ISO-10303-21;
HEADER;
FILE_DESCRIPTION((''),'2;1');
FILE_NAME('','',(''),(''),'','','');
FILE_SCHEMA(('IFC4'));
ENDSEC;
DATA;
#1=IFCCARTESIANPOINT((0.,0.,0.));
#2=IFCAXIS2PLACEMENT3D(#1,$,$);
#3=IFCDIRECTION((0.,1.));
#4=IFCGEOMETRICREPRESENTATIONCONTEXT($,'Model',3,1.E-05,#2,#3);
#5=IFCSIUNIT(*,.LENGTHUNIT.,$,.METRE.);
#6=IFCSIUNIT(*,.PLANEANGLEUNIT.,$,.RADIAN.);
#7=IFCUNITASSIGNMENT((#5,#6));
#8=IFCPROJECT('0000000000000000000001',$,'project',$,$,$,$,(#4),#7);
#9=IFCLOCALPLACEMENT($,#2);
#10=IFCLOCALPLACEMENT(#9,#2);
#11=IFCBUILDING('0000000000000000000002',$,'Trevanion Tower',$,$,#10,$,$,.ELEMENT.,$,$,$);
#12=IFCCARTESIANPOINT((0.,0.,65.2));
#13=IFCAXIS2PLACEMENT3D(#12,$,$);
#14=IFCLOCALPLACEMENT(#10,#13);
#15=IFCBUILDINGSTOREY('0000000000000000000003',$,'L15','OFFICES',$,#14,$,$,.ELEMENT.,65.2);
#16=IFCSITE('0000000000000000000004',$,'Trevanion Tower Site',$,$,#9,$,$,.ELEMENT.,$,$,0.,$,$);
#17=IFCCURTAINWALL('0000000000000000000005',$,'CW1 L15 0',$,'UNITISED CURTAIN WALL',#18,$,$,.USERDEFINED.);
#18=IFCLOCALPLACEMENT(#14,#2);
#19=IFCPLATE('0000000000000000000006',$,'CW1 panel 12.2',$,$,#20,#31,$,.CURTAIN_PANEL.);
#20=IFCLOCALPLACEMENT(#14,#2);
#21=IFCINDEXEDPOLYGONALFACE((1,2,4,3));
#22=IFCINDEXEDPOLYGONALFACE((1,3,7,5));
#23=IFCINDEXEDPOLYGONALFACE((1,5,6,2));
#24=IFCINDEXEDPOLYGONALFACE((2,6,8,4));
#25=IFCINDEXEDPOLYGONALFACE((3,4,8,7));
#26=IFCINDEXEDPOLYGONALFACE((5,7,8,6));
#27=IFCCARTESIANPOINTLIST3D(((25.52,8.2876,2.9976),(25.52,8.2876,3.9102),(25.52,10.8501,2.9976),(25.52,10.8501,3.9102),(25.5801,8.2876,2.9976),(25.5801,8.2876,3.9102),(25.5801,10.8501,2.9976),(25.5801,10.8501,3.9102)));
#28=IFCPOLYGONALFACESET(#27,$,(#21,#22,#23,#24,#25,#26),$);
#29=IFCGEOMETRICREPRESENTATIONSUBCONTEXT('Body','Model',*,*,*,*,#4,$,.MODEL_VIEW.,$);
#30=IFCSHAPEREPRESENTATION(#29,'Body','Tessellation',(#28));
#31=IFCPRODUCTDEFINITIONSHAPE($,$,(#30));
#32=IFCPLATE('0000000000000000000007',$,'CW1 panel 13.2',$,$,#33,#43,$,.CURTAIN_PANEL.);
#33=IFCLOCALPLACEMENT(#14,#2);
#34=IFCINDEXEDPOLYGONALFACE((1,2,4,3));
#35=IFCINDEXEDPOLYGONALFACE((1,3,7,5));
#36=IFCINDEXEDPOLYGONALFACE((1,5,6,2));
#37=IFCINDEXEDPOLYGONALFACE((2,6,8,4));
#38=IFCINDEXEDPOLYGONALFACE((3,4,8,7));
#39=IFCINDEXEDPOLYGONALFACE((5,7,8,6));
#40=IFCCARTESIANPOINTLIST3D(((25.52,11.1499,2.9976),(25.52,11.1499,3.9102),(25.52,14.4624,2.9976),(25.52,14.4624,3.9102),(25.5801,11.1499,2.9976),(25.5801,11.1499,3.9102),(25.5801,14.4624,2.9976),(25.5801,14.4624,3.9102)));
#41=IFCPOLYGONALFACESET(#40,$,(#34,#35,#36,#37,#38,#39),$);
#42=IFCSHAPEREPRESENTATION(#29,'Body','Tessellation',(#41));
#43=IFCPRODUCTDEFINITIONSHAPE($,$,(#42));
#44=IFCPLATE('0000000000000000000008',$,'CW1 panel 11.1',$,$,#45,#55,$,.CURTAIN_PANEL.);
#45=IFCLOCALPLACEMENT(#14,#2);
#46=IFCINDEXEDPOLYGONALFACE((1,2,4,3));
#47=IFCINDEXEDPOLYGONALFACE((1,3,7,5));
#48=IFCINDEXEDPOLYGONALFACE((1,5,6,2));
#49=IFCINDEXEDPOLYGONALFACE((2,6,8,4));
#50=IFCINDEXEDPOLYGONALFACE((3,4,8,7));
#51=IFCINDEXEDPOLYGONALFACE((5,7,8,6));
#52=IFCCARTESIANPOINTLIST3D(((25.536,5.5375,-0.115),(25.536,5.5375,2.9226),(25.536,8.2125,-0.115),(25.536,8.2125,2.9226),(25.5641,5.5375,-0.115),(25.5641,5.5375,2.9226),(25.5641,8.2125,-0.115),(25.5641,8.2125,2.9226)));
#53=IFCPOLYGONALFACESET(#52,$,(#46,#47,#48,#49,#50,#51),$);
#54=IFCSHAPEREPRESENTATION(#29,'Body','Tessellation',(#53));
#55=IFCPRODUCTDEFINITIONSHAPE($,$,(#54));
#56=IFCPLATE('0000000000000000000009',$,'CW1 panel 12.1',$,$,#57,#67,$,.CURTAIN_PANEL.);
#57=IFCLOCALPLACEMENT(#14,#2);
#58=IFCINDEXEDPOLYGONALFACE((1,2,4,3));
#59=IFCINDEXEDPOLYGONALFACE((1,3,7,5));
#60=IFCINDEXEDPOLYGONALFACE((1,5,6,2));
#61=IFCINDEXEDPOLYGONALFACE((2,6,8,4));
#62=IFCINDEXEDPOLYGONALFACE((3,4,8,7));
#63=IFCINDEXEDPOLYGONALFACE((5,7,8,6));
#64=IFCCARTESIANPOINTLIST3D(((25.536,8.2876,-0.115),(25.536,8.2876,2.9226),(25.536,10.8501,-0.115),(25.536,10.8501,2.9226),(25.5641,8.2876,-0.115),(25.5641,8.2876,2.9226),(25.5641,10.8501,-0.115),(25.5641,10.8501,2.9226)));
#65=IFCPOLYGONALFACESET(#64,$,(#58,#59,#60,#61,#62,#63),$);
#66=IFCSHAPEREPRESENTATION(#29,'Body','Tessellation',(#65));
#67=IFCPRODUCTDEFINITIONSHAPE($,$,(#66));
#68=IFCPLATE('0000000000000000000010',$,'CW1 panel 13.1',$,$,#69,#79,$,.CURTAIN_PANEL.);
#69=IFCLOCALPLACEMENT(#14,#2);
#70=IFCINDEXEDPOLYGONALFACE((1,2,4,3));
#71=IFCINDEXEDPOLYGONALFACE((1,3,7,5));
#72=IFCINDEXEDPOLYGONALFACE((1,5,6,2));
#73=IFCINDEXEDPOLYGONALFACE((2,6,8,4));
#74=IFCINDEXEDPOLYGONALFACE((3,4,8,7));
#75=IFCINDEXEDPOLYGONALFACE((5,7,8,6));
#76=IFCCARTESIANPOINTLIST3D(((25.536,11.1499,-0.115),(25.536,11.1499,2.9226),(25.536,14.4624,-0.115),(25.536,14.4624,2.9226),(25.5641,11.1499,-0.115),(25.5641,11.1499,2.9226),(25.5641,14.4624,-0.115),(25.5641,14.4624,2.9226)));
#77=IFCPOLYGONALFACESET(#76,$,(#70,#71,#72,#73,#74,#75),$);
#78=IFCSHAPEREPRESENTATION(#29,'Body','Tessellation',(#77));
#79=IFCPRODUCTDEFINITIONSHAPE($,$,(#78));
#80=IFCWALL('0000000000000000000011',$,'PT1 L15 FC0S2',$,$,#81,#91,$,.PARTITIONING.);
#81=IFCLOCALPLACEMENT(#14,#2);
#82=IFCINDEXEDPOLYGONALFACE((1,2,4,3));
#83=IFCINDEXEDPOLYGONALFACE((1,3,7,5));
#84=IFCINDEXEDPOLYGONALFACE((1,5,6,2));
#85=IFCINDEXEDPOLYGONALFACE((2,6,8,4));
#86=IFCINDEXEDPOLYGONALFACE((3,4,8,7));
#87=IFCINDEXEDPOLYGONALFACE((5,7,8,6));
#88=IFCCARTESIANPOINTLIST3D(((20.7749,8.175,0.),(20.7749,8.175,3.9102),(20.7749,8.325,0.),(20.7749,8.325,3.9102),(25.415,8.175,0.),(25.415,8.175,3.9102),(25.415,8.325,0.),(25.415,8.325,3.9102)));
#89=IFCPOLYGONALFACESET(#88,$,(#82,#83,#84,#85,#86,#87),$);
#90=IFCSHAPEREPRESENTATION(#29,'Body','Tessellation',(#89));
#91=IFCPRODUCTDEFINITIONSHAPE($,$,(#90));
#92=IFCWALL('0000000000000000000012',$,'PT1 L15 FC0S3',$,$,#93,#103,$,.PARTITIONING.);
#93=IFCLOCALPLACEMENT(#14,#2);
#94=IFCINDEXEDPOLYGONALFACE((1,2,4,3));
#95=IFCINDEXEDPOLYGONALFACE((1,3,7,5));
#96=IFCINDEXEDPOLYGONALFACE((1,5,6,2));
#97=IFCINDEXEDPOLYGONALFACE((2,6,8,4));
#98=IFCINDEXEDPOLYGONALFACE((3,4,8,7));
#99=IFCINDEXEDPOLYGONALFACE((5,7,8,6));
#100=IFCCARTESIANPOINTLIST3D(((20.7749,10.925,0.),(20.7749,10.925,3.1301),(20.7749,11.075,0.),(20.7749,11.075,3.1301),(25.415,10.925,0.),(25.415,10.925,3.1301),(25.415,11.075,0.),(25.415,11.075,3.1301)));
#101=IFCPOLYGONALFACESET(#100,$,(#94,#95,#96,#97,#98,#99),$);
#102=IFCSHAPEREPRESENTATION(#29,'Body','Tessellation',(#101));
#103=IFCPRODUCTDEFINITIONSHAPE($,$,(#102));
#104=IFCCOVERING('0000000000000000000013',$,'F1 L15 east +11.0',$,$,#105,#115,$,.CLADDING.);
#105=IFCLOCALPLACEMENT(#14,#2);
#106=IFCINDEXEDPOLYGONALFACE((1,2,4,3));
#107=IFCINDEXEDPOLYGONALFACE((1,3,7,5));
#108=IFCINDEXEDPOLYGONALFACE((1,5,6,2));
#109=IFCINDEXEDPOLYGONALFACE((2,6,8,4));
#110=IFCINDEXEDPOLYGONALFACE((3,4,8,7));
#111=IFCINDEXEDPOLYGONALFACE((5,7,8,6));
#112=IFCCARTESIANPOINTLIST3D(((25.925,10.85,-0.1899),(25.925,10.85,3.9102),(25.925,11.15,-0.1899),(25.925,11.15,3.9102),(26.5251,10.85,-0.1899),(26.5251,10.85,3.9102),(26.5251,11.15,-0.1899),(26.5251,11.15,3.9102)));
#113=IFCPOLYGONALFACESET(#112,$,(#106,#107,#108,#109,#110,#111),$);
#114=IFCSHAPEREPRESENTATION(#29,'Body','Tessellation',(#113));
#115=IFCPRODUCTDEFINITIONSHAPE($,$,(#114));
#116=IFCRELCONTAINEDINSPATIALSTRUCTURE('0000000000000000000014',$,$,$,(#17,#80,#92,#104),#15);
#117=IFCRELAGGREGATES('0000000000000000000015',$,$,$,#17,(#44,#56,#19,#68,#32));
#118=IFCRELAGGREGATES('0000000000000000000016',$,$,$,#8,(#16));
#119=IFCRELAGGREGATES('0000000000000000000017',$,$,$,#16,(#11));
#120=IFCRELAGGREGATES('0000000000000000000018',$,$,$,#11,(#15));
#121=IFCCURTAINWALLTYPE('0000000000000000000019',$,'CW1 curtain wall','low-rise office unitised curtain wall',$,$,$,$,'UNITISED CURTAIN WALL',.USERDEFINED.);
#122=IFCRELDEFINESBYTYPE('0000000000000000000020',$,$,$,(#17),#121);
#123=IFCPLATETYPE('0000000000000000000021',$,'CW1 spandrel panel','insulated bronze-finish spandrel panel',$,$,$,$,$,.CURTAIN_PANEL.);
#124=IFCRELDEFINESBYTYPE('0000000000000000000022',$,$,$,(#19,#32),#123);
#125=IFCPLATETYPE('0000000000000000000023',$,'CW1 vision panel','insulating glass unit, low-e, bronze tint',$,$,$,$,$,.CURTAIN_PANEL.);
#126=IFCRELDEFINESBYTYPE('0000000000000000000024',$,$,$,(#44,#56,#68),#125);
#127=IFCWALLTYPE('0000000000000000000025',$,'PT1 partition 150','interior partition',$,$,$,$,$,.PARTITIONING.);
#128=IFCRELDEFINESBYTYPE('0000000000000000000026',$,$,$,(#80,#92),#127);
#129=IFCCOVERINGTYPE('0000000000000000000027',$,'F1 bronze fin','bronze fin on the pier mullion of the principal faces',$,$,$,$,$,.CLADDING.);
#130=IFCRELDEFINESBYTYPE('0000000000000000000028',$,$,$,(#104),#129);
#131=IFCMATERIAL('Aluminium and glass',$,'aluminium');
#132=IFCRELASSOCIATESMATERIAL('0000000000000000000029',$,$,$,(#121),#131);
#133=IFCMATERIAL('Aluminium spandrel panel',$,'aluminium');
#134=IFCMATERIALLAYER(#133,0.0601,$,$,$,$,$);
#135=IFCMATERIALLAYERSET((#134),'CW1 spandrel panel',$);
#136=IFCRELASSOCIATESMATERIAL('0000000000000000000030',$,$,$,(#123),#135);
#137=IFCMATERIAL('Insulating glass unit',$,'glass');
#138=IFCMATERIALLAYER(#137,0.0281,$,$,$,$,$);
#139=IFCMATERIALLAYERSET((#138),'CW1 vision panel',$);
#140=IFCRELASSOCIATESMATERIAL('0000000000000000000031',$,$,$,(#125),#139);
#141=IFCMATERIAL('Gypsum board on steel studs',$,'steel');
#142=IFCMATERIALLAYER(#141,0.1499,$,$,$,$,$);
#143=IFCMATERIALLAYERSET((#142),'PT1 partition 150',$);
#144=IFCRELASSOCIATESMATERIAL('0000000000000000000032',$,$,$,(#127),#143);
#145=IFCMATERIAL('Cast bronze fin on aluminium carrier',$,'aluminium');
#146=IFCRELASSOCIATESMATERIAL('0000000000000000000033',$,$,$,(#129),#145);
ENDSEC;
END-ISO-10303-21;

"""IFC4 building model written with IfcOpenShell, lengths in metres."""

from ifc_helpers import new_model, si_unit, direction, frame, frame_2d, origin, origin_2d, place, context, subcontext, project, spatial, rectangle, extrude, material, layer, layer_set, type_object, element, aggregate, save


model = new_model("IFC4")

# Units and contexts
model_context = context("Model", 3, precision=1e-05, world=origin(), true_north=direction((0.0, 1.0)))
body_context = subcontext(model_context, "Body", "Model", "MODEL_VIEW")
ifc_project = project(units=[si_unit("LENGTHUNIT", "METRE"), si_unit("PLANEANGLEUNIT", "RADIAN")], contexts=[model_context])

# Site, building, storey
site_placement = place(None, origin())
site = spatial("IfcSite", under=ifc_project, at=site_placement, Name="Trevanion Tower Site", CompositionType="ELEMENT", RefElevation=0.0)
building_placement = place(site_placement, origin())
building = spatial("IfcBuilding", under=site, at=building_placement, Name="Trevanion Tower", CompositionType="ELEMENT")
storey_placement = place(building_placement, frame((0.0, 0.0, 65.2)))
storey = spatial("IfcBuildingStorey", under=building, at=storey_placement, Name="L15", Description="OFFICES", CompositionType="ELEMENT", Elevation=65.2)

# Curtain wall
ifc_material_1 = material(Name="Aluminium and glass", Category="aluminium")
curtain_wall_type = type_object("IfcCurtainWallType", Name="CW1 curtain wall", Description="low-rise office unitised curtain wall", ElementType="UNITISED CURTAIN WALL", PredefinedType="USERDEFINED", material=ifc_material_1)
curtain_wall_placement = place(storey_placement, origin())
curtain_wall = element("IfcCurtainWall", 1, at=curtain_wall_placement, inside=storey, type_object=curtain_wall_type, Name="CW1 L15 0", ObjectType="UNITISED CURTAIN WALL", PredefinedType="USERDEFINED")

# Plates
ifc_material_2 = material(Name="Aluminium spandrel panel", Category="aluminium")
ifc_layer_1 = layer(ifc_material_2, 0.0601)
ifc_layer_set_1 = layer_set([ifc_layer_1], Name="CW1 spandrel panel")
plate_type_1 = type_object("IfcPlateType", Name="CW1 spandrel panel", Description="insulated bronze-finish spandrel panel", PredefinedType="CURTAIN_PANEL", material=ifc_layer_set_1)
plate_1_placement = place(storey_placement, frame((25.55, 9.5688, 2.9976), z_axis=(0.0, 0.0, 1.0), x_axis=(0.0, 1.0, 0.0)))
plate_1 = element("IfcPlate", 2, at=plate_1_placement, type_object=plate_type_1, Name="CW1 panel 12.2", PredefinedType="CURTAIN_PANEL", context=body_context, shape_type="SweptSolid", body=[
    extrude(rectangle(XDim=2.5625, YDim=0.0601, at=origin_2d()), origin(), (0.0, 0.0, 1.0), 0.9126),
])
plate_2_placement = place(storey_placement, frame((25.55, 12.8062, 2.9976), z_axis=(0.0, 0.0, 1.0), x_axis=(0.0, 1.0, 0.0)))
plate_2 = element("IfcPlate", 3, at=plate_2_placement, type_object=plate_type_1, Name="CW1 panel 13.2", PredefinedType="CURTAIN_PANEL", context=body_context, shape_type="SweptSolid", body=[
    extrude(rectangle(XDim=3.3125, YDim=0.0601, at=origin_2d()), origin(), (0.0, 0.0, 1.0), 0.9126),
])
ifc_material_3 = material(Name="Insulating glass unit", Category="glass")
ifc_layer_2 = layer(ifc_material_3, 0.0281)
ifc_layer_set_2 = layer_set([ifc_layer_2], Name="CW1 vision panel")
plate_type_2 = type_object("IfcPlateType", Name="CW1 vision panel", Description="insulating glass unit, low-e, bronze tint", PredefinedType="CURTAIN_PANEL", material=ifc_layer_set_2)
plate_3_placement = place(storey_placement, frame((25.55, 6.875, -0.115), z_axis=(0.0, 0.0, 1.0), x_axis=(0.0, 1.0, 0.0)))
plate_3 = element("IfcPlate", 4, at=plate_3_placement, type_object=plate_type_2, Name="CW1 panel 11.1", PredefinedType="CURTAIN_PANEL", context=body_context, shape_type="SweptSolid", body=[
    extrude(rectangle(XDim=2.675, YDim=0.0281, at=origin_2d()), origin(), (0.0, 0.0, 1.0), 3.0376),
])
plate_4_placement = place(storey_placement, frame((25.55, 9.5688, -0.115), z_axis=(0.0, 0.0, 1.0), x_axis=(0.0, 1.0, 0.0)))
plate_4 = element("IfcPlate", 5, at=plate_4_placement, type_object=plate_type_2, Name="CW1 panel 12.1", PredefinedType="CURTAIN_PANEL", context=body_context, shape_type="SweptSolid", body=[
    extrude(rectangle(XDim=2.5625, YDim=0.0281, at=origin_2d()), origin(), (0.0, 0.0, 1.0), 3.0376),
])
plate_5_placement = place(storey_placement, frame((25.55, 12.8062, -0.115), z_axis=(0.0, 0.0, 1.0), x_axis=(0.0, 1.0, 0.0)))
plate_5 = element("IfcPlate", 6, at=plate_5_placement, type_object=plate_type_2, Name="CW1 panel 13.1", PredefinedType="CURTAIN_PANEL", context=body_context, shape_type="SweptSolid", body=[
    extrude(rectangle(XDim=3.3125, YDim=0.0281, at=origin_2d()), origin(), (0.0, 0.0, 1.0), 3.0376),
])
aggregate(curtain_wall, [plate_3, plate_4, plate_1, plate_5, plate_2])

# Walls
ifc_material_4 = material(Name="Gypsum board on steel studs", Category="steel")
ifc_layer_3 = layer(ifc_material_4, 0.1499)
ifc_layer_set_3 = layer_set([ifc_layer_3], Name="PT1 partition 150")
wall_type = type_object("IfcWallType", Name="PT1 partition 150", Description="interior partition", PredefinedType="PARTITIONING", material=ifc_layer_set_3)
wall_1_placement = place(storey_placement, frame((20.7749, 8.25, 0.0), z_axis=(0.0, 0.0, 1.0), x_axis=(1.0, 0.0, 0.0)))
element("IfcWall", 7, at=wall_1_placement, inside=storey, type_object=wall_type, Name="PT1 L15 FC0S2", PredefinedType="PARTITIONING", context=body_context, shape_type="SweptSolid", body=[
    extrude(rectangle(XDim=4.6401, YDim=0.1499, at=frame_2d((2.3201, 0.0))), origin(), (0.0, 0.0, 1.0), 3.9102),
])
wall_2_placement = place(storey_placement, frame((20.7749, 11.0, 0.0), z_axis=(0.0, 0.0, 1.0), x_axis=(1.0, 0.0, 0.0)))
element("IfcWall", 8, at=wall_2_placement, inside=storey, type_object=wall_type, Name="PT1 L15 FC0S3", PredefinedType="PARTITIONING", context=body_context, shape_type="SweptSolid", body=[
    extrude(rectangle(XDim=4.6401, YDim=0.1499, at=frame_2d((2.3201, 0.0))), origin(), (0.0, 0.0, 1.0), 3.1301),
])

# Covering
ifc_material_5 = material(Name="Cast bronze fin on aluminium carrier", Category="aluminium")
covering_type = type_object("IfcCoveringType", Name="F1 bronze fin", Description="bronze fin on the pier mullion of the principal faces", PredefinedType="CLADDING", material=ifc_material_5)
covering_placement = place(storey_placement, frame((26.2251, 11.0, -0.1899), z_axis=(0.0, 0.0, 1.0), x_axis=(0.0, 1.0, 0.0)))
element("IfcCovering", 9, at=covering_placement, inside=storey, type_object=covering_type, Name="F1 L15 east +11.0", PredefinedType="CLADDING", context=body_context, shape_type="SweptSolid", body=[
    extrude(rectangle(XDim=0.3, YDim=0.6001, at=origin_2d()), origin(), (0.0, 0.0, 1.0), 4.1001),
])

save(model, "model.ifc")
